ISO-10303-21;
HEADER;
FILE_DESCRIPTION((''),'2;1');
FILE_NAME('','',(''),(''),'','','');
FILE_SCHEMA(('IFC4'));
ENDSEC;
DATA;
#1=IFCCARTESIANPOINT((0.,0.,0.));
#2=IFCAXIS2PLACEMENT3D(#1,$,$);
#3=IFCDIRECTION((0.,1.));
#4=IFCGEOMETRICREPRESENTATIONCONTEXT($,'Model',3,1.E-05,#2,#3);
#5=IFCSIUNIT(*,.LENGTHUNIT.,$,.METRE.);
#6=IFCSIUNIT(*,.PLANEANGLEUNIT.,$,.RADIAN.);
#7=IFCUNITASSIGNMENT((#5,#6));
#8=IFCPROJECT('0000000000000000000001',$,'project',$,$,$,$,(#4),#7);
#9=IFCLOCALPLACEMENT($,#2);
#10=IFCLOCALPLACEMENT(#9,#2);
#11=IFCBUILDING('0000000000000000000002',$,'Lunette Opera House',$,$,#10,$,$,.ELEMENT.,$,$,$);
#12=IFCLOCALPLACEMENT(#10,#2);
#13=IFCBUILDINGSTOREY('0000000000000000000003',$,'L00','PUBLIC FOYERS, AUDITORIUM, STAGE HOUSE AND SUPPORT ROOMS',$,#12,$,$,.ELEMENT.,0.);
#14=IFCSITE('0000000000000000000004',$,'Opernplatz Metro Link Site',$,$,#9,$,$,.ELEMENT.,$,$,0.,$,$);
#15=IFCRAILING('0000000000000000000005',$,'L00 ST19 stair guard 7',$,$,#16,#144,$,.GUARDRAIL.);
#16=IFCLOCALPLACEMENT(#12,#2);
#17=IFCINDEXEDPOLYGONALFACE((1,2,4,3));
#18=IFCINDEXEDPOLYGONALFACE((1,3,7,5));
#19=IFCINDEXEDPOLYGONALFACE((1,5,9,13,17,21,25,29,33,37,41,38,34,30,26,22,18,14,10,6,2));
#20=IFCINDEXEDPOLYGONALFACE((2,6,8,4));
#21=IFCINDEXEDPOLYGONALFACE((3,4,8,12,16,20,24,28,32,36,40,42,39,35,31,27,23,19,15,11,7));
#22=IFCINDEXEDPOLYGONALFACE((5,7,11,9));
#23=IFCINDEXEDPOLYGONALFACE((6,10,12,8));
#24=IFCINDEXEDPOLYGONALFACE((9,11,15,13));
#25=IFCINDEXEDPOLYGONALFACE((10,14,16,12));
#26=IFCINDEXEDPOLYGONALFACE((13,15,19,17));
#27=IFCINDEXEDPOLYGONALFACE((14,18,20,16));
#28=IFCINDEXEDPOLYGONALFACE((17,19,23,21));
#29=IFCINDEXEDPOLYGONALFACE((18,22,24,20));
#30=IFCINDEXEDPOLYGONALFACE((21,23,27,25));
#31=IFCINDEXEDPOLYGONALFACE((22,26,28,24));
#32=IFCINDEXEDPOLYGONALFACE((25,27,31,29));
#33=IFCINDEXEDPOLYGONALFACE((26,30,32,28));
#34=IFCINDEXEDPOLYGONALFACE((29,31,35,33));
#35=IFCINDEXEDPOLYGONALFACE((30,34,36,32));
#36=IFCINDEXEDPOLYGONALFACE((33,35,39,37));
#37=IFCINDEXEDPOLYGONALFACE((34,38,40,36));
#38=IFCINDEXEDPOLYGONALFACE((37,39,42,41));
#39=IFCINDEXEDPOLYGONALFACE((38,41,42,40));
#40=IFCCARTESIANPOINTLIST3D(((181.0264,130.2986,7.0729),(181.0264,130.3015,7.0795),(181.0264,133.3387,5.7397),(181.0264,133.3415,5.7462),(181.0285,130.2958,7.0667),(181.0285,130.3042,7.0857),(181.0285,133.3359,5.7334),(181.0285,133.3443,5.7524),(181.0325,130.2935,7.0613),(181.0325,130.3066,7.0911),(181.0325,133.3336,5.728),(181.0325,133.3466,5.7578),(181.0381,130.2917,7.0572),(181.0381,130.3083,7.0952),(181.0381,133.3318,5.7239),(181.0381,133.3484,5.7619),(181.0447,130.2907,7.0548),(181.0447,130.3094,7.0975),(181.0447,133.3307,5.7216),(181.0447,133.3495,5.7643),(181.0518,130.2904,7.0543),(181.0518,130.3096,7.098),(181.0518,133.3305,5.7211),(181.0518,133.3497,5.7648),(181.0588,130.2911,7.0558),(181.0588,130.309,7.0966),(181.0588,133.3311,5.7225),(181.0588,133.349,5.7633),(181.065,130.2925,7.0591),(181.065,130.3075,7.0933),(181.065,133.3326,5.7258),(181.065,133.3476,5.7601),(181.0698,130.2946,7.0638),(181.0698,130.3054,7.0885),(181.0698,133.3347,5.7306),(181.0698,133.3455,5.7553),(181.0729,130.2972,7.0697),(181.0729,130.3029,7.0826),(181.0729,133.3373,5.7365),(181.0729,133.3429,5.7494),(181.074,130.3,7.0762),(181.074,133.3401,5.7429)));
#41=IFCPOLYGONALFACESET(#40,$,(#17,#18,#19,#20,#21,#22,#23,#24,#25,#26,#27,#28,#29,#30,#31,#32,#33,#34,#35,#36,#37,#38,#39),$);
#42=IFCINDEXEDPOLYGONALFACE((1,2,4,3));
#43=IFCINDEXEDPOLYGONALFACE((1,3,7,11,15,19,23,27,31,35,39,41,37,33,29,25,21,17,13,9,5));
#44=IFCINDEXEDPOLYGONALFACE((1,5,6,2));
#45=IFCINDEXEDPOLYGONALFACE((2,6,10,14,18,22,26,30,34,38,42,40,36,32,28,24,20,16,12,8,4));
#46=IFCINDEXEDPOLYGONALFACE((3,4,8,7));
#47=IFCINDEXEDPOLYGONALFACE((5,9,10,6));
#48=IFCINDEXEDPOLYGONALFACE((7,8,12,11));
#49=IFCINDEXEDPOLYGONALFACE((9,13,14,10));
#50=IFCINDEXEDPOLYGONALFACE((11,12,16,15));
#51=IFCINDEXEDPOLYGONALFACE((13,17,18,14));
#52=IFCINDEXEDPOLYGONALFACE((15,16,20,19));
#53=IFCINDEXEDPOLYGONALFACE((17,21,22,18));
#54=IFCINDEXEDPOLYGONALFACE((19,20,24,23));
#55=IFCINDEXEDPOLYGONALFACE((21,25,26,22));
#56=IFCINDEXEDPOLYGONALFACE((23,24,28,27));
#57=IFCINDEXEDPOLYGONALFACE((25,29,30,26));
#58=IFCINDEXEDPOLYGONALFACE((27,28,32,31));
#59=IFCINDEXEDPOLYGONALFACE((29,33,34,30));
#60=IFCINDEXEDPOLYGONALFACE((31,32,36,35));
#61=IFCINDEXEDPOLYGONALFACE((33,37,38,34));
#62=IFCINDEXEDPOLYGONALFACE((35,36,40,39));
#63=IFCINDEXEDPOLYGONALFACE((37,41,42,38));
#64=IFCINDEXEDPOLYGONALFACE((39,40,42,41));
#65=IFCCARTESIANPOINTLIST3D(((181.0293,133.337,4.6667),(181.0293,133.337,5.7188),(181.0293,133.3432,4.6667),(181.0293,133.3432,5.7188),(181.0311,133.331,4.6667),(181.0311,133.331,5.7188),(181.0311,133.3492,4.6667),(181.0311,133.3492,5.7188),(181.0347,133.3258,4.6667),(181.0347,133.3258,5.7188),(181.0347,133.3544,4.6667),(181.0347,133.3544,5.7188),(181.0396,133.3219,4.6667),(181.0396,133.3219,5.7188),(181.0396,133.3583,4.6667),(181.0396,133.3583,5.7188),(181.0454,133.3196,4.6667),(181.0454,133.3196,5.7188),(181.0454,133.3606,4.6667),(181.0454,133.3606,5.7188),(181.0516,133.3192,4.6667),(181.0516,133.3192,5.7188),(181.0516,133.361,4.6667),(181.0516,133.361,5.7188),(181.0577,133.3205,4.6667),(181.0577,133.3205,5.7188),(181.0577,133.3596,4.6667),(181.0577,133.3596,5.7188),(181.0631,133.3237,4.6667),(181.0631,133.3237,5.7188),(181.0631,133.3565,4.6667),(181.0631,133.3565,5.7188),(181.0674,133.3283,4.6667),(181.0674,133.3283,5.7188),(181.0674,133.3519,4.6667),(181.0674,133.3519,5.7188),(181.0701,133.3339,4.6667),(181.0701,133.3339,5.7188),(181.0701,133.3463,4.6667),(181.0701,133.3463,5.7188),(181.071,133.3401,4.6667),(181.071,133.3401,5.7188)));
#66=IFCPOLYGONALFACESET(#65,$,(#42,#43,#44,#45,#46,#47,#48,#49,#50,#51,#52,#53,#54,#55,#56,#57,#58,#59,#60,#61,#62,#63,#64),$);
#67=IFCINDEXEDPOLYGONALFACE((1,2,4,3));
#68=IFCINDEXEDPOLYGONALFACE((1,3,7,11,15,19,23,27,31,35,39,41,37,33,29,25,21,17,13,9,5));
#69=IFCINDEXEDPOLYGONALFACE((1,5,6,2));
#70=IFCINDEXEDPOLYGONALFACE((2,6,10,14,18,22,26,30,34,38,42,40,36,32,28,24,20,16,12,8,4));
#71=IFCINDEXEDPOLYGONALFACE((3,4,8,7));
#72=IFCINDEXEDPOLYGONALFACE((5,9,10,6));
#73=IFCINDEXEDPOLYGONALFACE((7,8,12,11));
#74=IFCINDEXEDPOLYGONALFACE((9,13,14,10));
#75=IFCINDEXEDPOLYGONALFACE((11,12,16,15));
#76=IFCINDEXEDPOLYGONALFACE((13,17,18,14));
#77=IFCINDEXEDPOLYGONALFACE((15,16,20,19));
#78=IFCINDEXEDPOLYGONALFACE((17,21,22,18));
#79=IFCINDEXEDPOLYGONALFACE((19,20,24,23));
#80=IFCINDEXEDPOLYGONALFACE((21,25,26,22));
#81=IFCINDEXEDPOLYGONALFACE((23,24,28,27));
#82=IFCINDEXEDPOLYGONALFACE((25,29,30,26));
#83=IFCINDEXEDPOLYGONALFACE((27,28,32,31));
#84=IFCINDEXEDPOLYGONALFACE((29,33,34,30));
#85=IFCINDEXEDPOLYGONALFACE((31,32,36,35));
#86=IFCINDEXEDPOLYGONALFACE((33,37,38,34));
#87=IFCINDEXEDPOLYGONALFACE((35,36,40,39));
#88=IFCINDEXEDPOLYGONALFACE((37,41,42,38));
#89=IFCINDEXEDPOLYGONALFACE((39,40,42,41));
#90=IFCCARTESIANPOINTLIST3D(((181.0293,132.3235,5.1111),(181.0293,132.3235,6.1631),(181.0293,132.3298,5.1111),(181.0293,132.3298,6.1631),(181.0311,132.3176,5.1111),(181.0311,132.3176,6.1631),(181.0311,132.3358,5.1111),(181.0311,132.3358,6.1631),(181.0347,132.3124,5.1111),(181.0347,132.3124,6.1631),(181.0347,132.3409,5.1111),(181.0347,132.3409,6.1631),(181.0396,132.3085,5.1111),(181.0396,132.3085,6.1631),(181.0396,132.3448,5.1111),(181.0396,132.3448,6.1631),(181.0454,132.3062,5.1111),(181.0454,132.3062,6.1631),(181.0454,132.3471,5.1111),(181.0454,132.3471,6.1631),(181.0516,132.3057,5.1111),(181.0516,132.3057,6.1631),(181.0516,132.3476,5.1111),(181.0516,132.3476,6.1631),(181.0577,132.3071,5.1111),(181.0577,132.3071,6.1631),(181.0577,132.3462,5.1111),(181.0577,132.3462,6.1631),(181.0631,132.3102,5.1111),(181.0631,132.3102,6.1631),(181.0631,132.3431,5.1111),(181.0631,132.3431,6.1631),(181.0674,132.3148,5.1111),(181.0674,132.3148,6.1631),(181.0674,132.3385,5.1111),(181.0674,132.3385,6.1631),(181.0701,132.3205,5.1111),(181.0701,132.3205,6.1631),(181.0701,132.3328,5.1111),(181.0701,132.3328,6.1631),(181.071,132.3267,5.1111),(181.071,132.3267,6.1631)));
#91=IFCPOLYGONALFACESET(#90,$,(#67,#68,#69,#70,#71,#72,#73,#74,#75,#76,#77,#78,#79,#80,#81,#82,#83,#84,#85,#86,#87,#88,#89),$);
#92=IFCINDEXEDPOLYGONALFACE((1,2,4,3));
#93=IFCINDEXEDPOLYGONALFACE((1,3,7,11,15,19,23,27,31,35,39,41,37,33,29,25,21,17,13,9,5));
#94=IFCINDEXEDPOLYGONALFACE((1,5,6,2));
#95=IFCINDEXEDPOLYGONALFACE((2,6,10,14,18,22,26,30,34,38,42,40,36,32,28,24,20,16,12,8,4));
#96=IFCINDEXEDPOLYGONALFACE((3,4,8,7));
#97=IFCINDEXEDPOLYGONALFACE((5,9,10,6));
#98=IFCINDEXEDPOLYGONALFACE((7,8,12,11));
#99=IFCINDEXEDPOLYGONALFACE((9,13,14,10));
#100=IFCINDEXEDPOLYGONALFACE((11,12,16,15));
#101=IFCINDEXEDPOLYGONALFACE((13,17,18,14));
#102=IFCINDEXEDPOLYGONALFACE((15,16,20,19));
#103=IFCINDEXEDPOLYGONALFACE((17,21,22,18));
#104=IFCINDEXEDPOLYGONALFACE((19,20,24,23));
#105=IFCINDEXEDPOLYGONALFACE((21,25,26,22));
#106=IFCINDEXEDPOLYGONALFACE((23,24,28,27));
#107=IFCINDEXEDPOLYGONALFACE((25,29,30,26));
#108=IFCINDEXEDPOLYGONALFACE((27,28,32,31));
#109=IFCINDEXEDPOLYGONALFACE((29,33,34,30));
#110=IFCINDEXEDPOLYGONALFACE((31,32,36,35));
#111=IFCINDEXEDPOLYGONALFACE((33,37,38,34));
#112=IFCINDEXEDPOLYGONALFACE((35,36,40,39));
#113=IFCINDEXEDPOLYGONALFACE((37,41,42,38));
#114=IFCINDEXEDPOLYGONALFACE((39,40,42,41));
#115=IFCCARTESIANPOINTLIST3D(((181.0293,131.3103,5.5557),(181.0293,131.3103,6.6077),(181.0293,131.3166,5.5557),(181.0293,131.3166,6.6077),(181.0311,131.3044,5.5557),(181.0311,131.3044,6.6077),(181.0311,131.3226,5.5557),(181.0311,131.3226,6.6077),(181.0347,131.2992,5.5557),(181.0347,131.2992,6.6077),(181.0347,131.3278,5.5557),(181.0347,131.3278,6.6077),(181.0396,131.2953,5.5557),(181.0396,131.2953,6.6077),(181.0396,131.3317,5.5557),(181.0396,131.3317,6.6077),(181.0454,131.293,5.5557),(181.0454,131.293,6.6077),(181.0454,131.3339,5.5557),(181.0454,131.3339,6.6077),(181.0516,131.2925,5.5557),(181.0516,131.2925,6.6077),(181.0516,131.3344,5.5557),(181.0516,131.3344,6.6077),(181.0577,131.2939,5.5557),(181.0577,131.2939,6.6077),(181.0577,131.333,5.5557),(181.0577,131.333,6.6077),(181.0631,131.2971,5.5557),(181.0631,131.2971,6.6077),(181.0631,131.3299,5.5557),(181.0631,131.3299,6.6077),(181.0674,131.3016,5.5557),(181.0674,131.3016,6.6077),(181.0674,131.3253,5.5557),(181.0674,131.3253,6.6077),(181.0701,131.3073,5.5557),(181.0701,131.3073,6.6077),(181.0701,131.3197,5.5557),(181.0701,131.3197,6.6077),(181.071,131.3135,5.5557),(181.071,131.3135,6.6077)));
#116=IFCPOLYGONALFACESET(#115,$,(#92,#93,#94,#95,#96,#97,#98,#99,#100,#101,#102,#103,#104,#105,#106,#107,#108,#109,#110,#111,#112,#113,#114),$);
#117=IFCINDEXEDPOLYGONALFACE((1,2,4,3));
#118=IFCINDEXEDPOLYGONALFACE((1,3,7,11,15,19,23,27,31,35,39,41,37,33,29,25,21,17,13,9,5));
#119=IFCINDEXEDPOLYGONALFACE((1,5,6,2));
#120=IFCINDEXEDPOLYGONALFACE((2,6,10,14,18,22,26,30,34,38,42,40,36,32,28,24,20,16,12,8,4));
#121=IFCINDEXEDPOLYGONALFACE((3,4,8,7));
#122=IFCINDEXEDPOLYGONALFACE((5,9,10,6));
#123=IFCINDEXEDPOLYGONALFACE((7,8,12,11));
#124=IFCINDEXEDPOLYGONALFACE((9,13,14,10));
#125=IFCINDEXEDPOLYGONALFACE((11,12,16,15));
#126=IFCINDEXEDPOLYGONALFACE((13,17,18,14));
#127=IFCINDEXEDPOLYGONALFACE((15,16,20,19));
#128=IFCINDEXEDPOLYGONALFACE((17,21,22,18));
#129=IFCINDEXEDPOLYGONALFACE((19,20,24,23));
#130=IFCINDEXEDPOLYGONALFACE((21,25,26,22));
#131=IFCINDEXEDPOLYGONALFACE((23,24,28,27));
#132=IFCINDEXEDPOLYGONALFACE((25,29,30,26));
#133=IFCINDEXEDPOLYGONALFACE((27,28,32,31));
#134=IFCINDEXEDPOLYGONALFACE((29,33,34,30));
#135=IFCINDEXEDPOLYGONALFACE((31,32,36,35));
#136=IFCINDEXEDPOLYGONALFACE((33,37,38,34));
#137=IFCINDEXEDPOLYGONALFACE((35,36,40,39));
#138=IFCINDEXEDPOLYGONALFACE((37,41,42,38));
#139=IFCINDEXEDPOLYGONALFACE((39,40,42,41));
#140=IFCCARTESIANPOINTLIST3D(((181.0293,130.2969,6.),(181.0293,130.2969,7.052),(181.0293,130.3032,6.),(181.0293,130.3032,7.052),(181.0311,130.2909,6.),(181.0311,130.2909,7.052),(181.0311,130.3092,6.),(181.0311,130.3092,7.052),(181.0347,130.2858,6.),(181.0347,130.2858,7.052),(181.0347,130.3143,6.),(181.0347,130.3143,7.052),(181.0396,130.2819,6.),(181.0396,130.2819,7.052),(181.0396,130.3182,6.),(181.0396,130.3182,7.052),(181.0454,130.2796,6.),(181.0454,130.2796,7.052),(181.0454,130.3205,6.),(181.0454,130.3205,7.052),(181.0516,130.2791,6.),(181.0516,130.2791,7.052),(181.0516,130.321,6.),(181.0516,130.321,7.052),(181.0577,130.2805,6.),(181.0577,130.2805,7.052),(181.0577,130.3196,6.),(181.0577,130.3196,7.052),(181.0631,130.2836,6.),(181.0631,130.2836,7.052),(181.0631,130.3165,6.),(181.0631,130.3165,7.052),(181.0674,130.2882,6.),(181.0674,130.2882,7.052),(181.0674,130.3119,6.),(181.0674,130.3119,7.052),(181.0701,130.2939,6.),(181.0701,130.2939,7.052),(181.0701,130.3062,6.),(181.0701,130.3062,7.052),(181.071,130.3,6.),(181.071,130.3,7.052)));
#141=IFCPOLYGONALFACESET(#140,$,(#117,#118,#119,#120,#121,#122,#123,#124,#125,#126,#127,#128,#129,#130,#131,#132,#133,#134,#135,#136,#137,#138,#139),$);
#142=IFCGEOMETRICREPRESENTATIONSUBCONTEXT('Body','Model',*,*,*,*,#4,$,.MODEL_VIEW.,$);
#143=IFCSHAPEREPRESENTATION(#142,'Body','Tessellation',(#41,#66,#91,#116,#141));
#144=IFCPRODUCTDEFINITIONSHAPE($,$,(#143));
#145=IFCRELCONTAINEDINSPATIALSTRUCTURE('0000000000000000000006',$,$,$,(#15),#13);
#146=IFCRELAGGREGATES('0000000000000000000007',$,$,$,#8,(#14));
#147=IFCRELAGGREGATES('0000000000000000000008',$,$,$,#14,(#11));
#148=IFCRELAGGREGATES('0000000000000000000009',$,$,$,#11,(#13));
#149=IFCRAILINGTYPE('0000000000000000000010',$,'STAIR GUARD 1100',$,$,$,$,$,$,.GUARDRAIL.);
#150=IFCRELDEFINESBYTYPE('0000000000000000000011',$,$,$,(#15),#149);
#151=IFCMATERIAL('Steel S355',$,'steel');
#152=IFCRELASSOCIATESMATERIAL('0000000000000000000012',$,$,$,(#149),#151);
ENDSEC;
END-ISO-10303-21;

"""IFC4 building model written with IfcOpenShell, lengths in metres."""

from ifc_helpers import new_model, si_unit, direction, frame, origin, origin_2d, place, context, subcontext, project, spatial, circle, extrude, material, type_object, element, save


model = new_model("IFC4")

# Units and contexts
model_context = context("Model", 3, precision=1e-05, world=origin(), true_north=direction((0.0, 1.0)))
body_context = subcontext(model_context, "Body", "Model", "MODEL_VIEW")
ifc_project = project(units=[si_unit("LENGTHUNIT", "METRE"), si_unit("PLANEANGLEUNIT", "RADIAN")], contexts=[model_context])

# Site, building, storey
site_placement = place(None, origin())
site = spatial("IfcSite", under=ifc_project, at=site_placement, Name="Opernplatz Metro Link Site", CompositionType="ELEMENT", RefElevation=0.0)
building_placement = place(site_placement, origin())
building = spatial("IfcBuilding", under=site, at=building_placement, Name="Lunette Opera House", CompositionType="ELEMENT")
storey_placement = place(building_placement, origin())
storey = spatial("IfcBuildingStorey", under=building, at=storey_placement, Name="L00", Description="PUBLIC FOYERS, AUDITORIUM, STAGE HOUSE AND SUPPORT ROOMS", CompositionType="ELEMENT", Elevation=0.0)

# Railing
ifc_material_1 = material(Name="Steel S355", Category="steel")
railing_type_1 = type_object("IfcRailingType", Name="STAIR GUARD 1100", PredefinedType="GUARDRAIL", material=ifc_material_1)
railing_1_placement = place(storey_placement, frame((181.05, 133.3401, 4.6667)))
element("IfcRailing", 1, at=railing_1_placement, inside=storey, type_object=railing_type_1, Name="L00 ST19 stair guard 7", PredefinedType="GUARDRAIL", context=body_context, shape_type="SweptSolid", body=[
    extrude(circle(Radius=0.0239, at=origin_2d()), frame((0.0, 0.0, 1.0762), z_axis=(0.0, -0.915799, 0.401637), x_axis=(1.0, 0.0, 0.0)), (0.0, 0.0, 1.0), 3.3196),
    extrude(circle(Radius=0.021, at=origin_2d()), origin(), (0.0, 0.0, 1.0), 1.052),
    extrude(circle(Radius=0.021, at=origin_2d()), frame((0.0, -1.0134, 0.4443)), (0.0, 0.0, 1.0), 1.052),
    extrude(circle(Radius=0.021, at=origin_2d()), frame((0.0, -2.0266, 0.8889)), (0.0, 0.0, 1.0), 1.052),
    extrude(circle(Radius=0.021, at=origin_2d()), frame((0.0, -3.04, 1.3333)), (0.0, 0.0, 1.0), 1.052),
])

save(model, "model.ifc")
